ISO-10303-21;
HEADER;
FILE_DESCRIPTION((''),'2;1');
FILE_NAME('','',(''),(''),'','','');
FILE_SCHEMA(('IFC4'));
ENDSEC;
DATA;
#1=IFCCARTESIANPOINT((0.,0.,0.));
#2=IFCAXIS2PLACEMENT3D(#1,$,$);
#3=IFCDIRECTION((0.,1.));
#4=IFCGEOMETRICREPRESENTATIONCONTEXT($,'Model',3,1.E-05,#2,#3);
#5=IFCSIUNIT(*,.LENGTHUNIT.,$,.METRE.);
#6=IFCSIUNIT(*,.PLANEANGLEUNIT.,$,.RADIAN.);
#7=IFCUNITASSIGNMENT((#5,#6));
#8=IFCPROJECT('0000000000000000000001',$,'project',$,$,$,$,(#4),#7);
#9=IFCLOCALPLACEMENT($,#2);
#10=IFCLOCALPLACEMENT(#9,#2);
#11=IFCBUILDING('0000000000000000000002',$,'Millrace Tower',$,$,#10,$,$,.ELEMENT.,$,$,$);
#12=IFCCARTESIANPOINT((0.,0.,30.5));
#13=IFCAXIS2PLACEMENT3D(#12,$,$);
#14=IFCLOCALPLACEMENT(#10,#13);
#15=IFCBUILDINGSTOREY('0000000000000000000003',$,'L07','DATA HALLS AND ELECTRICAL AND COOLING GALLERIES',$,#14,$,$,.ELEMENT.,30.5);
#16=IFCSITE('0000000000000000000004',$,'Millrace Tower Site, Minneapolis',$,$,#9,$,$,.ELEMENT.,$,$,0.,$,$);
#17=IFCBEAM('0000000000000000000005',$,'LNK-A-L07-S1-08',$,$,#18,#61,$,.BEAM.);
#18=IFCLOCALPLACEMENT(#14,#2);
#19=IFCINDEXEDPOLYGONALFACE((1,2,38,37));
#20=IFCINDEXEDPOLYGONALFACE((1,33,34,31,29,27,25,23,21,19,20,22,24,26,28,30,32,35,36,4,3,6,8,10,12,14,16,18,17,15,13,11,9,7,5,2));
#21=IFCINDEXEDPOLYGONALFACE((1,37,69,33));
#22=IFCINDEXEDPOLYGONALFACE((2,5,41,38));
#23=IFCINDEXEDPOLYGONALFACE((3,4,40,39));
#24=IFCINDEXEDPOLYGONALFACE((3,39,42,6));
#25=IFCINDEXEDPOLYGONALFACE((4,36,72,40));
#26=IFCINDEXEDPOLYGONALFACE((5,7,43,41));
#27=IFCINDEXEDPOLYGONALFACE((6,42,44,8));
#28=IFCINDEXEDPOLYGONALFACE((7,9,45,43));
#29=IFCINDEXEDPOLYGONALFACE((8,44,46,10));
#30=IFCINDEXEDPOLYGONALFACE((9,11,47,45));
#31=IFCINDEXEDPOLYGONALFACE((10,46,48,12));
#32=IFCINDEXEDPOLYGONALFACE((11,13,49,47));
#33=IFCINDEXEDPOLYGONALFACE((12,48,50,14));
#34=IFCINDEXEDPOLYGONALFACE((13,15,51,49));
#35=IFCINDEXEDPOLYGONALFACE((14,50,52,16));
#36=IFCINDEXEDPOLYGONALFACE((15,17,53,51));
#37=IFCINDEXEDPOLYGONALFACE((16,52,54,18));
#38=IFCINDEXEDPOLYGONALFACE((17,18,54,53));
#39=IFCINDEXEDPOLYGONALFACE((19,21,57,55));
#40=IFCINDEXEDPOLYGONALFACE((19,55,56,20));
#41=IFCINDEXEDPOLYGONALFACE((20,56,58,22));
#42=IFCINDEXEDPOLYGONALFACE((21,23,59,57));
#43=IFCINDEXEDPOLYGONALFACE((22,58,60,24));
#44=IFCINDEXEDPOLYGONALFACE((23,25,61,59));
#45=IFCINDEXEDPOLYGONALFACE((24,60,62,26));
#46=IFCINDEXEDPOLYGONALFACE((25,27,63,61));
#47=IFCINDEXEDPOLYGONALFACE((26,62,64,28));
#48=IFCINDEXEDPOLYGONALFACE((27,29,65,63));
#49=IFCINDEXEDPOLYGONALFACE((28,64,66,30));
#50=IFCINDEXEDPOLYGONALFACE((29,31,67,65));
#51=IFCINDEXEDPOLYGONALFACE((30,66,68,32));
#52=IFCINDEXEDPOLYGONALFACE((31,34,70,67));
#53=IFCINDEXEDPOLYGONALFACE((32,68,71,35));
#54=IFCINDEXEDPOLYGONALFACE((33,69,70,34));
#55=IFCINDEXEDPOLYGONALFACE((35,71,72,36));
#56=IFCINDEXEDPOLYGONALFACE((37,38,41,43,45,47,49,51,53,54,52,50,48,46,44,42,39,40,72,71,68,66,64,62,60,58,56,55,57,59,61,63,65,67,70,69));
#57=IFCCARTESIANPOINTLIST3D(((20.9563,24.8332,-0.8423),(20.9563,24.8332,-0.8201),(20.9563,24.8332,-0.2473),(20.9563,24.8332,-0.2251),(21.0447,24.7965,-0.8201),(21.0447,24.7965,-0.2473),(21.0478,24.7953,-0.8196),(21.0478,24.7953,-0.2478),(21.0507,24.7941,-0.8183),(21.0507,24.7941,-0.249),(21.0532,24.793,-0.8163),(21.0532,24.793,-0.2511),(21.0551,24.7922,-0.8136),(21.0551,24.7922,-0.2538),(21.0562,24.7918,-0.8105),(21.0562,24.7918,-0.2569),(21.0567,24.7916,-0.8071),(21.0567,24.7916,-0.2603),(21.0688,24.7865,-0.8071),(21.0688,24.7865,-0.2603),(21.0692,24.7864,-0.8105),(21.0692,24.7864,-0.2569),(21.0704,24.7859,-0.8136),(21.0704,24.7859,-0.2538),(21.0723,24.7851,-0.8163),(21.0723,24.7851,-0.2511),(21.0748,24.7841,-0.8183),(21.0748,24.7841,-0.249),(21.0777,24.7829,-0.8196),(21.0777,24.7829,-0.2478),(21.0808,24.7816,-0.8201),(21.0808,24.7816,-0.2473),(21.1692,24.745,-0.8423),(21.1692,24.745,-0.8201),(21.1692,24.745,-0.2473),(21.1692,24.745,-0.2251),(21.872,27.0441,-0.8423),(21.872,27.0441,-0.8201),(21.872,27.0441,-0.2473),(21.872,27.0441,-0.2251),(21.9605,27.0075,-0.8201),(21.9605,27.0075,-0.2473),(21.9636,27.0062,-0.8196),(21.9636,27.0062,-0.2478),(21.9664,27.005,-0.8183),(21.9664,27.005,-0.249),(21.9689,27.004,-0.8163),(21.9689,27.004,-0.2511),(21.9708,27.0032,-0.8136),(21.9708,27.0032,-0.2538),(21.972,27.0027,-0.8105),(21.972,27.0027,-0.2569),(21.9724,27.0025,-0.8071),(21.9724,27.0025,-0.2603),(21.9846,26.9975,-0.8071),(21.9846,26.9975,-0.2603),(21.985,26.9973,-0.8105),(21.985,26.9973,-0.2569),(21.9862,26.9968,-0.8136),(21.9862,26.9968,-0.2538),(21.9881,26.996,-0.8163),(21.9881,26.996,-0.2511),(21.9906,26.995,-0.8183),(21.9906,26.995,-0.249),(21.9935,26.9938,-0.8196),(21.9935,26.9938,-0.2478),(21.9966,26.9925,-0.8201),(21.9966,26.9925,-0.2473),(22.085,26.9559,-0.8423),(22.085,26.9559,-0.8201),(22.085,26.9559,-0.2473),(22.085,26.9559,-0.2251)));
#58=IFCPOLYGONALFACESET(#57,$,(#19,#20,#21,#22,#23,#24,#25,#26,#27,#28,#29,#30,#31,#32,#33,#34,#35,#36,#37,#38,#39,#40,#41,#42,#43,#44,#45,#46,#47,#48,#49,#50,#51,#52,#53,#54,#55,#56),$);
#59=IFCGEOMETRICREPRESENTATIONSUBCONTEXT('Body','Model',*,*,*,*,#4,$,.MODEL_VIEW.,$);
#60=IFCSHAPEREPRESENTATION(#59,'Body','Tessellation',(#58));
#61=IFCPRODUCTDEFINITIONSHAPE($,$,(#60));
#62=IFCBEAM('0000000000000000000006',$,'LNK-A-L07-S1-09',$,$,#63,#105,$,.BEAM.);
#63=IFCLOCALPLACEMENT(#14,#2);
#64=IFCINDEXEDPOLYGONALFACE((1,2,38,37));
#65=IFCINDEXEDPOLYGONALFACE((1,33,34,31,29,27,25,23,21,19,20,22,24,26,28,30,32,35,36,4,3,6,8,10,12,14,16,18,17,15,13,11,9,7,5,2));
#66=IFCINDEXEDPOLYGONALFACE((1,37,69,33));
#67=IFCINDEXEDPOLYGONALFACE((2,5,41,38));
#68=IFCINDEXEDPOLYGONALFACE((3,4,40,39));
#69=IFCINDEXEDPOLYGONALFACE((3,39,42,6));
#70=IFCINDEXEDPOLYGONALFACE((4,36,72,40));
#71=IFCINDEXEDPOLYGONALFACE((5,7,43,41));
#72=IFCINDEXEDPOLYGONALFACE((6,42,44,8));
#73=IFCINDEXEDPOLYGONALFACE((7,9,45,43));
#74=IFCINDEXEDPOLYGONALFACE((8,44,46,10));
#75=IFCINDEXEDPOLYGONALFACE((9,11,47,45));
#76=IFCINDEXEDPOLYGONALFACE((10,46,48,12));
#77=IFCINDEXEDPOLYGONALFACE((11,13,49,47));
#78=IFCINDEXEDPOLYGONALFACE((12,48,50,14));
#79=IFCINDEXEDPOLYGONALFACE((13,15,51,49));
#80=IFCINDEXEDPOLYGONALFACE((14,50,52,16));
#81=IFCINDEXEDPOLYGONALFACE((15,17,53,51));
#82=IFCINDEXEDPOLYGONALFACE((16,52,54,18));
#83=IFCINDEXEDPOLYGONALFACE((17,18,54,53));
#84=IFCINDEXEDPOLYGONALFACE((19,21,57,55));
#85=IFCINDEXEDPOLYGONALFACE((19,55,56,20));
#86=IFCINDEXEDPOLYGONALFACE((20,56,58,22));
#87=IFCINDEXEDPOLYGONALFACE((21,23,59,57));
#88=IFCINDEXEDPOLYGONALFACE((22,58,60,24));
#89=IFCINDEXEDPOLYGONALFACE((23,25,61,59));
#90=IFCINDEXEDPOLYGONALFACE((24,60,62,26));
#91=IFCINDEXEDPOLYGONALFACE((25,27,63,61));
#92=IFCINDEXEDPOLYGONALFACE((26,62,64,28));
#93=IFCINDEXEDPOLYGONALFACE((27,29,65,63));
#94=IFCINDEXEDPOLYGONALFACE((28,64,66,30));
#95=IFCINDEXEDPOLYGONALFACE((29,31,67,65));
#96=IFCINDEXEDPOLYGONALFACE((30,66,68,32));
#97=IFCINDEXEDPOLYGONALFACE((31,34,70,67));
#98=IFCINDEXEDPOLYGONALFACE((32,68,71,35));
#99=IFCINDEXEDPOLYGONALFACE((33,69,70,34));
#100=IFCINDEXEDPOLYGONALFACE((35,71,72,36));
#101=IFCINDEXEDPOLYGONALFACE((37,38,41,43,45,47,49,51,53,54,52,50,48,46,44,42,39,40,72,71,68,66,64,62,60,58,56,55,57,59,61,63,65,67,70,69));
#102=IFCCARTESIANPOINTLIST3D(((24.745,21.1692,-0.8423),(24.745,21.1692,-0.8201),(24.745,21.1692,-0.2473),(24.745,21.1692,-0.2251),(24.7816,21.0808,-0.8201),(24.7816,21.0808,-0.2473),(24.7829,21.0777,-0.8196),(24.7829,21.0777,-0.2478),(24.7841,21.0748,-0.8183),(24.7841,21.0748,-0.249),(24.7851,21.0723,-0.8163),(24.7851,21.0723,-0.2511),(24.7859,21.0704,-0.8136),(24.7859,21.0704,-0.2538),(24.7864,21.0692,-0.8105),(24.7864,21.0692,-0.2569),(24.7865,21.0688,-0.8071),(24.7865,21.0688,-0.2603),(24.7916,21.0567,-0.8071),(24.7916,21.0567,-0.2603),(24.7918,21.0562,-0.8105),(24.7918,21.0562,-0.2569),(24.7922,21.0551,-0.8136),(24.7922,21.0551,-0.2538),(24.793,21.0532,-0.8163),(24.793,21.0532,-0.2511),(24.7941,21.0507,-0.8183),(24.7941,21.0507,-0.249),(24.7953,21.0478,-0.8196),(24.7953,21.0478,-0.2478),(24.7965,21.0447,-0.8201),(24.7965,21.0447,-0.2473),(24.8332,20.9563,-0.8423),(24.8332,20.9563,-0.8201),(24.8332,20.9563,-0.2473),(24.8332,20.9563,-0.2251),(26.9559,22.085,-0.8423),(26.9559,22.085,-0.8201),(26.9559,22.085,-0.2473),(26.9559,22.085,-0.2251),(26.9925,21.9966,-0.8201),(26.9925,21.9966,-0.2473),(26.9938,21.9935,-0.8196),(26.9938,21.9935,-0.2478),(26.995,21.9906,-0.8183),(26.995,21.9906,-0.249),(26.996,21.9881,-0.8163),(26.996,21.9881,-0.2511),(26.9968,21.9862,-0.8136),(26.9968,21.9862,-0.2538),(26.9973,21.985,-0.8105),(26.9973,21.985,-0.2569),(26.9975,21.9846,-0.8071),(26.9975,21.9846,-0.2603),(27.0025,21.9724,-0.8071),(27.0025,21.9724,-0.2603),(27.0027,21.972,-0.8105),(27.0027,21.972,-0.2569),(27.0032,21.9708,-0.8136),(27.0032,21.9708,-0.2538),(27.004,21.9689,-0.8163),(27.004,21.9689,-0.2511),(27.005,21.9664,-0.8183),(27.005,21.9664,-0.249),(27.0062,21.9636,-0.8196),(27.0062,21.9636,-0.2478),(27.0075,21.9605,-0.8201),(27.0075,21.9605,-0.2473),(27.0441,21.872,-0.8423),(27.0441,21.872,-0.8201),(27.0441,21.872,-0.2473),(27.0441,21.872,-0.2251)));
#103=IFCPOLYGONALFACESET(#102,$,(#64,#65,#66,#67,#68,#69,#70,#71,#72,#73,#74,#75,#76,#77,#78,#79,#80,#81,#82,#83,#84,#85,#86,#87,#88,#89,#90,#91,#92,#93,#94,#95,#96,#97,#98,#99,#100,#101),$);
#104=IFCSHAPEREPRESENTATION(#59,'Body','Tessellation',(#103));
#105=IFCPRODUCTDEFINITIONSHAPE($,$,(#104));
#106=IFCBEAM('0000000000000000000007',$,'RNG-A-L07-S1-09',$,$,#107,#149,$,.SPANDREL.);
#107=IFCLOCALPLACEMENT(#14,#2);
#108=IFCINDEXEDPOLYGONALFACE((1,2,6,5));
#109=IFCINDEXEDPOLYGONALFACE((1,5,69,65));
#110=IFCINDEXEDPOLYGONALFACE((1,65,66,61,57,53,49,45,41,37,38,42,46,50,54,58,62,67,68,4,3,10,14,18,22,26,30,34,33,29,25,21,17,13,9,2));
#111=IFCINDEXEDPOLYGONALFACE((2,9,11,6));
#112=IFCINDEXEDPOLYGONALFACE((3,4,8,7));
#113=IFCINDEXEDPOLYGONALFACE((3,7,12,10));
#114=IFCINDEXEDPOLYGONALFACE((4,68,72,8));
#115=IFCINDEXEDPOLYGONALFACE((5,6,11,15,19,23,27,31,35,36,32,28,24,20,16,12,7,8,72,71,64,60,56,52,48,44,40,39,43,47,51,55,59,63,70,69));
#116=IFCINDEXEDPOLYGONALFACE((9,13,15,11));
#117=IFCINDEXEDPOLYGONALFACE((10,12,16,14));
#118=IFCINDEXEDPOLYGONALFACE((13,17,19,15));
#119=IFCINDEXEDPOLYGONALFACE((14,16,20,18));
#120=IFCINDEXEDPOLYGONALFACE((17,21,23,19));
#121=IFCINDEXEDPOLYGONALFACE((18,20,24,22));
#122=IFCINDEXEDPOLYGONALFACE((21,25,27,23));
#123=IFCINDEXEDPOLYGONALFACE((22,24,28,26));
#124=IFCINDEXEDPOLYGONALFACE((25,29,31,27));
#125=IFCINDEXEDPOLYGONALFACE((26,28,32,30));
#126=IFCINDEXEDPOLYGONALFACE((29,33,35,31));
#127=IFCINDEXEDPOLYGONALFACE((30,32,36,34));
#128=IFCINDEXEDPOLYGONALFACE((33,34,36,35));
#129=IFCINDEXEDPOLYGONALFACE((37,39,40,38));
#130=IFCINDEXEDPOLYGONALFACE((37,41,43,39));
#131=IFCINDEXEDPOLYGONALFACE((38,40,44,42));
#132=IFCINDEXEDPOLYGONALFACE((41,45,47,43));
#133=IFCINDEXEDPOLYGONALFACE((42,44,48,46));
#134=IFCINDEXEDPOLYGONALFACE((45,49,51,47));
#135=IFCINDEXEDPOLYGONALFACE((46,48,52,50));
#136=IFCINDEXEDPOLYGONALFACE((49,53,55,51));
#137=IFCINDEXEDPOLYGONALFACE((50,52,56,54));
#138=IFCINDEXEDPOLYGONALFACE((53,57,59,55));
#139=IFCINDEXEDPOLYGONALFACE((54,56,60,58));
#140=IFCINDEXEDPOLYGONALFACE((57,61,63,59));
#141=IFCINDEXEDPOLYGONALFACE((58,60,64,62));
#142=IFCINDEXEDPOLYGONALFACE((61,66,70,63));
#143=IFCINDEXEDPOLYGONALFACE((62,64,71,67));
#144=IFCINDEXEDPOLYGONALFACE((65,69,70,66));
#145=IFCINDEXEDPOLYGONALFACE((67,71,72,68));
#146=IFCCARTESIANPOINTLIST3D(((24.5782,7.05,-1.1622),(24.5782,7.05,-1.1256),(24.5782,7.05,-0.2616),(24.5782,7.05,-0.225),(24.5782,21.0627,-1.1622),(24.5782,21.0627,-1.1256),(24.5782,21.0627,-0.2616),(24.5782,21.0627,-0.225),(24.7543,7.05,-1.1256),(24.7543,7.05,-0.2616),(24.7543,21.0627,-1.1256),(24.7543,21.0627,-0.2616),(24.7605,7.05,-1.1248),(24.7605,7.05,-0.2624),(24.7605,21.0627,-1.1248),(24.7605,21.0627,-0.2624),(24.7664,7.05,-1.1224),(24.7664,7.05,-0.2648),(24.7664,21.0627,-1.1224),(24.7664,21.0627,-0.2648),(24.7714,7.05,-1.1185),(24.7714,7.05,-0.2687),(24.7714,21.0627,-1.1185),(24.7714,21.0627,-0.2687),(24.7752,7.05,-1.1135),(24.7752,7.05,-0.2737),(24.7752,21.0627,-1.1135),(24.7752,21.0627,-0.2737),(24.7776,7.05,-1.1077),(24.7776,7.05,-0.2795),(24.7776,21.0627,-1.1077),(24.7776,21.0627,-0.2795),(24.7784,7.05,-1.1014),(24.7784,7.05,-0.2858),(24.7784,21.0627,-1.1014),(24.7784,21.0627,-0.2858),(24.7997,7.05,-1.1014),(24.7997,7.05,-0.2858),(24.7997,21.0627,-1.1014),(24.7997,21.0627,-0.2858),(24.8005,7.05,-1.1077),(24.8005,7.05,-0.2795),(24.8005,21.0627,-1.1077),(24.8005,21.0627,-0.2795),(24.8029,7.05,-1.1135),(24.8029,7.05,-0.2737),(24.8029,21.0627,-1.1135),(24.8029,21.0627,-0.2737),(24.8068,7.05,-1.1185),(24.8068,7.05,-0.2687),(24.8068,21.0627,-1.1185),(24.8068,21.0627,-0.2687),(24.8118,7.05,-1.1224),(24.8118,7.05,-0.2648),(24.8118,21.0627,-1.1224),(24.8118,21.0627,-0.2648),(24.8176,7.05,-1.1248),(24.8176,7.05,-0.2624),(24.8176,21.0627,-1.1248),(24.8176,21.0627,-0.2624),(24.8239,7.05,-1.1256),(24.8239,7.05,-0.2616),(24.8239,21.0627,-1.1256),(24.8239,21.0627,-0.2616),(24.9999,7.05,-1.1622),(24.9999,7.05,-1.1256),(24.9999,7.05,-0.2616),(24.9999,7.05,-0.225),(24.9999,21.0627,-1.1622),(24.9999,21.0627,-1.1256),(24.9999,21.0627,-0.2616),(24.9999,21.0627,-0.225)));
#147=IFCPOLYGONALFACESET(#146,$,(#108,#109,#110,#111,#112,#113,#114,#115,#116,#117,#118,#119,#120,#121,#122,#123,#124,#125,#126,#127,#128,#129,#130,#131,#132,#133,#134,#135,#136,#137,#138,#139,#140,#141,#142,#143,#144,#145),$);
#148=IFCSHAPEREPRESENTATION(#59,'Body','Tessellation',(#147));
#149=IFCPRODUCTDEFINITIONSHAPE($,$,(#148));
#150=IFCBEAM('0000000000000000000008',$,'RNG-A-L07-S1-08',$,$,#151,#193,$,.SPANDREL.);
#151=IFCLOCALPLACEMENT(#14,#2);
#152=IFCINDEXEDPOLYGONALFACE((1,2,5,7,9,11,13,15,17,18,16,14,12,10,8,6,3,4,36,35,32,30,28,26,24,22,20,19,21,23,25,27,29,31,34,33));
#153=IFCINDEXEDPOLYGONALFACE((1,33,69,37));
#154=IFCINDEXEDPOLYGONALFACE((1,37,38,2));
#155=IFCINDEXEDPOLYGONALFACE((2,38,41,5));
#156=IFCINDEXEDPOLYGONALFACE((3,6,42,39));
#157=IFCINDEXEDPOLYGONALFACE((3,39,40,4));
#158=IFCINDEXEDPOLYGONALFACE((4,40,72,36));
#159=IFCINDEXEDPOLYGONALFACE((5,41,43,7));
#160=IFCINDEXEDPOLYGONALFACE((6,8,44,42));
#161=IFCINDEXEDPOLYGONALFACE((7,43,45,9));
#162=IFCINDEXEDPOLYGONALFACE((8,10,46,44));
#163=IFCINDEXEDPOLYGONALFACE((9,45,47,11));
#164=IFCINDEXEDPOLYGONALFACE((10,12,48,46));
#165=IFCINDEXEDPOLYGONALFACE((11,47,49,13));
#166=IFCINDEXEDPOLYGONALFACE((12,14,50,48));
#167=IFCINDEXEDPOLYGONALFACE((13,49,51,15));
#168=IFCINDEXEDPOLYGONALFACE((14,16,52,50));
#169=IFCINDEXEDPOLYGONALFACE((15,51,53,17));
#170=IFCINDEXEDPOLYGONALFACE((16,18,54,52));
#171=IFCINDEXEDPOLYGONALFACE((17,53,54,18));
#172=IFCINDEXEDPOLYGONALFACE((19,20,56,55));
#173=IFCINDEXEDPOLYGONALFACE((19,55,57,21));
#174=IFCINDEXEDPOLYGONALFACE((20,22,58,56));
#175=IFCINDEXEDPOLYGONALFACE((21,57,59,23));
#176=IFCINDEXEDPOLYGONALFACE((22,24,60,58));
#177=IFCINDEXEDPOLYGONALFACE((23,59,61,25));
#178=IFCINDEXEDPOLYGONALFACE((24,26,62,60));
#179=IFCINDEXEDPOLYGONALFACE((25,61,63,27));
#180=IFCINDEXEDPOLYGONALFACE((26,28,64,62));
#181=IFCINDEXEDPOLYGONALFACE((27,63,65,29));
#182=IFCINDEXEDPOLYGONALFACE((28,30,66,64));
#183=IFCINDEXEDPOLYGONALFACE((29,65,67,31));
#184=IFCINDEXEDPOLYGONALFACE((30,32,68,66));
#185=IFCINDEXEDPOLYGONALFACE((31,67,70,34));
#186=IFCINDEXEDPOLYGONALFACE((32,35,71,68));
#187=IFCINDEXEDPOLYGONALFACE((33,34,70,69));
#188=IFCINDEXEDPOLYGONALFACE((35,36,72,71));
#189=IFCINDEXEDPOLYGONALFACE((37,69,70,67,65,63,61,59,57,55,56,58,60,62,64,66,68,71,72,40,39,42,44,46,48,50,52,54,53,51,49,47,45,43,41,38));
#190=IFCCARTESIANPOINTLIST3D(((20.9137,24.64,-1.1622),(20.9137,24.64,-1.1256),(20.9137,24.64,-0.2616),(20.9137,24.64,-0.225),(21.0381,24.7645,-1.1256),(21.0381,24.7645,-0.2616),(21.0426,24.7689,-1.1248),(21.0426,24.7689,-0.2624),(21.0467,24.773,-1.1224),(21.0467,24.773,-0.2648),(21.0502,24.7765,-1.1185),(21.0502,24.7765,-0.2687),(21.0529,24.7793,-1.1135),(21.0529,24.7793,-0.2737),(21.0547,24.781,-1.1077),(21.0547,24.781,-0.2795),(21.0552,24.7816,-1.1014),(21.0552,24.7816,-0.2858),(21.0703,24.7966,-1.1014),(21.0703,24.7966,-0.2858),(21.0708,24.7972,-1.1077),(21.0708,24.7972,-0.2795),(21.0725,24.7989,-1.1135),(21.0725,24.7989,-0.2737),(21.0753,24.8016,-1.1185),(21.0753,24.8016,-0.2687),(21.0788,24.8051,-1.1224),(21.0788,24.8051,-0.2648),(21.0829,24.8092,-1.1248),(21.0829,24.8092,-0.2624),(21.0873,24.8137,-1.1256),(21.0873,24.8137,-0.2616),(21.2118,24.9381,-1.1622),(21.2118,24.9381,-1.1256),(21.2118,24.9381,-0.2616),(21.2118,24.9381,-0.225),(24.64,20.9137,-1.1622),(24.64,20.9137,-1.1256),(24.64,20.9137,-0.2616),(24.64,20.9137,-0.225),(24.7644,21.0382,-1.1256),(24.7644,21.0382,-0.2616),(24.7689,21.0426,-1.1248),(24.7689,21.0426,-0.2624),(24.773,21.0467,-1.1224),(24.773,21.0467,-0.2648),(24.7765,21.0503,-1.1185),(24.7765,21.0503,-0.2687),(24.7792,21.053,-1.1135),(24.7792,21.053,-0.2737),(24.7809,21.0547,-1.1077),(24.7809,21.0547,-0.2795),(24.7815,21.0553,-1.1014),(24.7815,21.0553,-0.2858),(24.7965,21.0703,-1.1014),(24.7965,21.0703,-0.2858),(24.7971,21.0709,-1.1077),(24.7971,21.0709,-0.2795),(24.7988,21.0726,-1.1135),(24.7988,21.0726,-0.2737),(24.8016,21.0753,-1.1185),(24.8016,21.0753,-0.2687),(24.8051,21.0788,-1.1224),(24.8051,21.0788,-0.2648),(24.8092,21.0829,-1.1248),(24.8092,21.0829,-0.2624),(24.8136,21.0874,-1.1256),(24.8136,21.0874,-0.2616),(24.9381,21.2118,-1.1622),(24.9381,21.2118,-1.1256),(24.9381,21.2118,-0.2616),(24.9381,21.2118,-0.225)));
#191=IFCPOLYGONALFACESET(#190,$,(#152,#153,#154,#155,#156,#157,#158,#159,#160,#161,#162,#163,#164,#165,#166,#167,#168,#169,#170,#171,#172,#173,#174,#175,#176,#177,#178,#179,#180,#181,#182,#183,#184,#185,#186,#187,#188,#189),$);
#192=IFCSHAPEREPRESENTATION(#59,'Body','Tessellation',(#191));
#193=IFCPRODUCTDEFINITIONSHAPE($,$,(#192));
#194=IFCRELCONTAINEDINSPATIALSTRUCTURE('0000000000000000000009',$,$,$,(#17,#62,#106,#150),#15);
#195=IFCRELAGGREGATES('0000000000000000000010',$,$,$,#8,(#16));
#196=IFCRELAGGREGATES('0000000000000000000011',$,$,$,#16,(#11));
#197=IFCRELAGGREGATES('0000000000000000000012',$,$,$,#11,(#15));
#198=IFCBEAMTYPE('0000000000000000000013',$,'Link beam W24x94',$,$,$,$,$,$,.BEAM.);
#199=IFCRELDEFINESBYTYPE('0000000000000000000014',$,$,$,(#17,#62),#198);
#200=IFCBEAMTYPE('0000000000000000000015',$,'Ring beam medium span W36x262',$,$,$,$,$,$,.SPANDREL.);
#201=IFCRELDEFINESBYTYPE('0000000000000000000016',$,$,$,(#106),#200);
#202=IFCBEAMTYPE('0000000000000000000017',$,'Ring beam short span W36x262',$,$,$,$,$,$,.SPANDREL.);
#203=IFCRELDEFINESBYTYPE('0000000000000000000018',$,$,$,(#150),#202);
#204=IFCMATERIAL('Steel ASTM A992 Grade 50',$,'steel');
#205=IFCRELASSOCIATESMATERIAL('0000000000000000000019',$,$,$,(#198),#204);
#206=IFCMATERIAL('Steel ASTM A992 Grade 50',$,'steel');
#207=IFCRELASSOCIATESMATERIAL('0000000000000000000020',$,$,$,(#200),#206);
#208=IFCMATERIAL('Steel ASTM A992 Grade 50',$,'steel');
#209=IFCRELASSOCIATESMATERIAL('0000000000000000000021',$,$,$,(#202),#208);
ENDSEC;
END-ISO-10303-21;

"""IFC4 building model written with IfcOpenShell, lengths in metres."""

from ifc_helpers import new_model, si_unit, direction, frame, origin, origin_2d, place, context, subcontext, project, spatial, i_section, extrude, material, material_profile, profile_set, type_object, element, save


model = new_model("IFC4")

# Units and contexts
model_context = context("Model", 3, precision=1e-05, world=origin(), true_north=direction((0.0, 1.0)))
body_context = subcontext(model_context, "Body", "Model", "MODEL_VIEW")
ifc_project = project(units=[si_unit("LENGTHUNIT", "METRE"), si_unit("PLANEANGLEUNIT", "RADIAN")], contexts=[model_context])

# Site, building, storey
site_placement = place(None, origin())
site = spatial("IfcSite", under=ifc_project, at=site_placement, Name="Millrace Tower Site, Minneapolis", CompositionType="ELEMENT", RefElevation=0.0)
building_placement = place(site_placement, origin())
building = spatial("IfcBuilding", under=site, at=building_placement, Name="Millrace Tower", CompositionType="ELEMENT")
storey_placement = place(building_placement, frame((0.0, 0.0, 30.5)))
storey = spatial("IfcBuildingStorey", under=building, at=storey_placement, Name="L07", Description="DATA HALLS AND ELECTRICAL AND COOLING GALLERIES", CompositionType="ELEMENT", Elevation=30.5)

# Beams
ifc_material_1 = material(Name="Steel ASTM A992 Grade 50", Category="steel")
ifc_material_profile_1 = material_profile(ifc_material_1, i_section(OverallWidth=0.2305, OverallDepth=0.6172, WebThickness=0.0132, FlangeThickness=0.0222, FilletRadius=0.0129, at=origin_2d()))
ifc_profile_set_1 = profile_set([ifc_material_profile_1], Name="Steel ASTM A992 Grade 50")
beam_type_1 = type_object("IfcBeamType", Name="Link beam W24x94", PredefinedType="BEAM", material=ifc_profile_set_1)
for number, where, z_axis, x_axis, name in (
    (1, (21.0627, 24.7891, -0.5337), (0.382673, 0.923884, 0.0), (-0.923884, 0.382673, 0.0), "LNK-A-L07-S1-08"),
    (2, (24.7891, 21.0627, -0.5337), (0.923884, 0.382673, 0.0), (-0.382673, 0.923884, 0.0), "LNK-A-L07-S1-09"),
):
    element("IfcBeam", number, at=place(storey_placement, frame(where, z_axis=z_axis, x_axis=x_axis)), inside=storey, type_object=beam_type_1, Name=name, PredefinedType="BEAM", context=body_context, shape_type="SweptSolid", body=[
        extrude(i_section(OverallWidth=0.2305, OverallDepth=0.6172, WebThickness=0.0132, FlangeThickness=0.0222, FilletRadius=0.0129, at=origin_2d()), origin(), (0.0, 0.0, 1.0), 2.3931),
    ])
ifc_material_2 = material(Name="Steel ASTM A992 Grade 50", Category="steel")
ifc_material_profile_2 = material_profile(ifc_material_2, i_section(OverallWidth=0.4216, OverallDepth=0.9373, WebThickness=0.0212, FlangeThickness=0.0366, FilletRadius=0.0242, at=origin_2d()))
ifc_profile_set_2 = profile_set([ifc_material_profile_2], Name="Steel ASTM A992 Grade 50")
beam_type_2 = type_object("IfcBeamType", Name="Ring beam medium span W36x262", PredefinedType="SPANDREL", material=ifc_profile_set_2)
beam_1_placement = place(storey_placement, frame((24.7891, 21.0627, -0.6936), z_axis=(0.0, -1.0, 0.0), x_axis=(1.0, 0.0, 0.0)))
element("IfcBeam", 3, at=beam_1_placement, inside=storey, type_object=beam_type_2, Name="RNG-A-L07-S1-09", PredefinedType="SPANDREL", context=body_context, shape_type="SweptSolid", body=[
    extrude(i_section(OverallWidth=0.4216, OverallDepth=0.9373, WebThickness=0.0212, FlangeThickness=0.0366, FilletRadius=0.0242, at=origin_2d()), origin(), (0.0, 0.0, 1.0), 14.0127),
])
ifc_material_3 = material(Name="Steel ASTM A992 Grade 50", Category="steel")
ifc_material_profile_3 = material_profile(ifc_material_3, i_section(OverallWidth=0.4216, OverallDepth=0.9373, WebThickness=0.0212, FlangeThickness=0.0366, FilletRadius=0.0242, at=origin_2d()))
ifc_profile_set_3 = profile_set([ifc_material_profile_3], Name="Steel ASTM A992 Grade 50")
beam_type_3 = type_object("IfcBeamType", Name="Ring beam short span W36x262", PredefinedType="SPANDREL", material=ifc_profile_set_3)
beam_2_placement = place(storey_placement, frame((21.0627, 24.7891, -0.6936), z_axis=(0.707107, -0.707107, 0.0), x_axis=(0.707107, 0.707107, 0.0)))
element("IfcBeam", 4, at=beam_2_placement, inside=storey, type_object=beam_type_3, Name="RNG-A-L07-S1-08", PredefinedType="SPANDREL", context=body_context, shape_type="SweptSolid", body=[
    extrude(i_section(OverallWidth=0.4216, OverallDepth=0.9373, WebThickness=0.0212, FlangeThickness=0.0366, FilletRadius=0.0242, at=origin_2d()), origin(), (0.0, 0.0, 1.0), 5.2698),
])

save(model, "model.ifc")
